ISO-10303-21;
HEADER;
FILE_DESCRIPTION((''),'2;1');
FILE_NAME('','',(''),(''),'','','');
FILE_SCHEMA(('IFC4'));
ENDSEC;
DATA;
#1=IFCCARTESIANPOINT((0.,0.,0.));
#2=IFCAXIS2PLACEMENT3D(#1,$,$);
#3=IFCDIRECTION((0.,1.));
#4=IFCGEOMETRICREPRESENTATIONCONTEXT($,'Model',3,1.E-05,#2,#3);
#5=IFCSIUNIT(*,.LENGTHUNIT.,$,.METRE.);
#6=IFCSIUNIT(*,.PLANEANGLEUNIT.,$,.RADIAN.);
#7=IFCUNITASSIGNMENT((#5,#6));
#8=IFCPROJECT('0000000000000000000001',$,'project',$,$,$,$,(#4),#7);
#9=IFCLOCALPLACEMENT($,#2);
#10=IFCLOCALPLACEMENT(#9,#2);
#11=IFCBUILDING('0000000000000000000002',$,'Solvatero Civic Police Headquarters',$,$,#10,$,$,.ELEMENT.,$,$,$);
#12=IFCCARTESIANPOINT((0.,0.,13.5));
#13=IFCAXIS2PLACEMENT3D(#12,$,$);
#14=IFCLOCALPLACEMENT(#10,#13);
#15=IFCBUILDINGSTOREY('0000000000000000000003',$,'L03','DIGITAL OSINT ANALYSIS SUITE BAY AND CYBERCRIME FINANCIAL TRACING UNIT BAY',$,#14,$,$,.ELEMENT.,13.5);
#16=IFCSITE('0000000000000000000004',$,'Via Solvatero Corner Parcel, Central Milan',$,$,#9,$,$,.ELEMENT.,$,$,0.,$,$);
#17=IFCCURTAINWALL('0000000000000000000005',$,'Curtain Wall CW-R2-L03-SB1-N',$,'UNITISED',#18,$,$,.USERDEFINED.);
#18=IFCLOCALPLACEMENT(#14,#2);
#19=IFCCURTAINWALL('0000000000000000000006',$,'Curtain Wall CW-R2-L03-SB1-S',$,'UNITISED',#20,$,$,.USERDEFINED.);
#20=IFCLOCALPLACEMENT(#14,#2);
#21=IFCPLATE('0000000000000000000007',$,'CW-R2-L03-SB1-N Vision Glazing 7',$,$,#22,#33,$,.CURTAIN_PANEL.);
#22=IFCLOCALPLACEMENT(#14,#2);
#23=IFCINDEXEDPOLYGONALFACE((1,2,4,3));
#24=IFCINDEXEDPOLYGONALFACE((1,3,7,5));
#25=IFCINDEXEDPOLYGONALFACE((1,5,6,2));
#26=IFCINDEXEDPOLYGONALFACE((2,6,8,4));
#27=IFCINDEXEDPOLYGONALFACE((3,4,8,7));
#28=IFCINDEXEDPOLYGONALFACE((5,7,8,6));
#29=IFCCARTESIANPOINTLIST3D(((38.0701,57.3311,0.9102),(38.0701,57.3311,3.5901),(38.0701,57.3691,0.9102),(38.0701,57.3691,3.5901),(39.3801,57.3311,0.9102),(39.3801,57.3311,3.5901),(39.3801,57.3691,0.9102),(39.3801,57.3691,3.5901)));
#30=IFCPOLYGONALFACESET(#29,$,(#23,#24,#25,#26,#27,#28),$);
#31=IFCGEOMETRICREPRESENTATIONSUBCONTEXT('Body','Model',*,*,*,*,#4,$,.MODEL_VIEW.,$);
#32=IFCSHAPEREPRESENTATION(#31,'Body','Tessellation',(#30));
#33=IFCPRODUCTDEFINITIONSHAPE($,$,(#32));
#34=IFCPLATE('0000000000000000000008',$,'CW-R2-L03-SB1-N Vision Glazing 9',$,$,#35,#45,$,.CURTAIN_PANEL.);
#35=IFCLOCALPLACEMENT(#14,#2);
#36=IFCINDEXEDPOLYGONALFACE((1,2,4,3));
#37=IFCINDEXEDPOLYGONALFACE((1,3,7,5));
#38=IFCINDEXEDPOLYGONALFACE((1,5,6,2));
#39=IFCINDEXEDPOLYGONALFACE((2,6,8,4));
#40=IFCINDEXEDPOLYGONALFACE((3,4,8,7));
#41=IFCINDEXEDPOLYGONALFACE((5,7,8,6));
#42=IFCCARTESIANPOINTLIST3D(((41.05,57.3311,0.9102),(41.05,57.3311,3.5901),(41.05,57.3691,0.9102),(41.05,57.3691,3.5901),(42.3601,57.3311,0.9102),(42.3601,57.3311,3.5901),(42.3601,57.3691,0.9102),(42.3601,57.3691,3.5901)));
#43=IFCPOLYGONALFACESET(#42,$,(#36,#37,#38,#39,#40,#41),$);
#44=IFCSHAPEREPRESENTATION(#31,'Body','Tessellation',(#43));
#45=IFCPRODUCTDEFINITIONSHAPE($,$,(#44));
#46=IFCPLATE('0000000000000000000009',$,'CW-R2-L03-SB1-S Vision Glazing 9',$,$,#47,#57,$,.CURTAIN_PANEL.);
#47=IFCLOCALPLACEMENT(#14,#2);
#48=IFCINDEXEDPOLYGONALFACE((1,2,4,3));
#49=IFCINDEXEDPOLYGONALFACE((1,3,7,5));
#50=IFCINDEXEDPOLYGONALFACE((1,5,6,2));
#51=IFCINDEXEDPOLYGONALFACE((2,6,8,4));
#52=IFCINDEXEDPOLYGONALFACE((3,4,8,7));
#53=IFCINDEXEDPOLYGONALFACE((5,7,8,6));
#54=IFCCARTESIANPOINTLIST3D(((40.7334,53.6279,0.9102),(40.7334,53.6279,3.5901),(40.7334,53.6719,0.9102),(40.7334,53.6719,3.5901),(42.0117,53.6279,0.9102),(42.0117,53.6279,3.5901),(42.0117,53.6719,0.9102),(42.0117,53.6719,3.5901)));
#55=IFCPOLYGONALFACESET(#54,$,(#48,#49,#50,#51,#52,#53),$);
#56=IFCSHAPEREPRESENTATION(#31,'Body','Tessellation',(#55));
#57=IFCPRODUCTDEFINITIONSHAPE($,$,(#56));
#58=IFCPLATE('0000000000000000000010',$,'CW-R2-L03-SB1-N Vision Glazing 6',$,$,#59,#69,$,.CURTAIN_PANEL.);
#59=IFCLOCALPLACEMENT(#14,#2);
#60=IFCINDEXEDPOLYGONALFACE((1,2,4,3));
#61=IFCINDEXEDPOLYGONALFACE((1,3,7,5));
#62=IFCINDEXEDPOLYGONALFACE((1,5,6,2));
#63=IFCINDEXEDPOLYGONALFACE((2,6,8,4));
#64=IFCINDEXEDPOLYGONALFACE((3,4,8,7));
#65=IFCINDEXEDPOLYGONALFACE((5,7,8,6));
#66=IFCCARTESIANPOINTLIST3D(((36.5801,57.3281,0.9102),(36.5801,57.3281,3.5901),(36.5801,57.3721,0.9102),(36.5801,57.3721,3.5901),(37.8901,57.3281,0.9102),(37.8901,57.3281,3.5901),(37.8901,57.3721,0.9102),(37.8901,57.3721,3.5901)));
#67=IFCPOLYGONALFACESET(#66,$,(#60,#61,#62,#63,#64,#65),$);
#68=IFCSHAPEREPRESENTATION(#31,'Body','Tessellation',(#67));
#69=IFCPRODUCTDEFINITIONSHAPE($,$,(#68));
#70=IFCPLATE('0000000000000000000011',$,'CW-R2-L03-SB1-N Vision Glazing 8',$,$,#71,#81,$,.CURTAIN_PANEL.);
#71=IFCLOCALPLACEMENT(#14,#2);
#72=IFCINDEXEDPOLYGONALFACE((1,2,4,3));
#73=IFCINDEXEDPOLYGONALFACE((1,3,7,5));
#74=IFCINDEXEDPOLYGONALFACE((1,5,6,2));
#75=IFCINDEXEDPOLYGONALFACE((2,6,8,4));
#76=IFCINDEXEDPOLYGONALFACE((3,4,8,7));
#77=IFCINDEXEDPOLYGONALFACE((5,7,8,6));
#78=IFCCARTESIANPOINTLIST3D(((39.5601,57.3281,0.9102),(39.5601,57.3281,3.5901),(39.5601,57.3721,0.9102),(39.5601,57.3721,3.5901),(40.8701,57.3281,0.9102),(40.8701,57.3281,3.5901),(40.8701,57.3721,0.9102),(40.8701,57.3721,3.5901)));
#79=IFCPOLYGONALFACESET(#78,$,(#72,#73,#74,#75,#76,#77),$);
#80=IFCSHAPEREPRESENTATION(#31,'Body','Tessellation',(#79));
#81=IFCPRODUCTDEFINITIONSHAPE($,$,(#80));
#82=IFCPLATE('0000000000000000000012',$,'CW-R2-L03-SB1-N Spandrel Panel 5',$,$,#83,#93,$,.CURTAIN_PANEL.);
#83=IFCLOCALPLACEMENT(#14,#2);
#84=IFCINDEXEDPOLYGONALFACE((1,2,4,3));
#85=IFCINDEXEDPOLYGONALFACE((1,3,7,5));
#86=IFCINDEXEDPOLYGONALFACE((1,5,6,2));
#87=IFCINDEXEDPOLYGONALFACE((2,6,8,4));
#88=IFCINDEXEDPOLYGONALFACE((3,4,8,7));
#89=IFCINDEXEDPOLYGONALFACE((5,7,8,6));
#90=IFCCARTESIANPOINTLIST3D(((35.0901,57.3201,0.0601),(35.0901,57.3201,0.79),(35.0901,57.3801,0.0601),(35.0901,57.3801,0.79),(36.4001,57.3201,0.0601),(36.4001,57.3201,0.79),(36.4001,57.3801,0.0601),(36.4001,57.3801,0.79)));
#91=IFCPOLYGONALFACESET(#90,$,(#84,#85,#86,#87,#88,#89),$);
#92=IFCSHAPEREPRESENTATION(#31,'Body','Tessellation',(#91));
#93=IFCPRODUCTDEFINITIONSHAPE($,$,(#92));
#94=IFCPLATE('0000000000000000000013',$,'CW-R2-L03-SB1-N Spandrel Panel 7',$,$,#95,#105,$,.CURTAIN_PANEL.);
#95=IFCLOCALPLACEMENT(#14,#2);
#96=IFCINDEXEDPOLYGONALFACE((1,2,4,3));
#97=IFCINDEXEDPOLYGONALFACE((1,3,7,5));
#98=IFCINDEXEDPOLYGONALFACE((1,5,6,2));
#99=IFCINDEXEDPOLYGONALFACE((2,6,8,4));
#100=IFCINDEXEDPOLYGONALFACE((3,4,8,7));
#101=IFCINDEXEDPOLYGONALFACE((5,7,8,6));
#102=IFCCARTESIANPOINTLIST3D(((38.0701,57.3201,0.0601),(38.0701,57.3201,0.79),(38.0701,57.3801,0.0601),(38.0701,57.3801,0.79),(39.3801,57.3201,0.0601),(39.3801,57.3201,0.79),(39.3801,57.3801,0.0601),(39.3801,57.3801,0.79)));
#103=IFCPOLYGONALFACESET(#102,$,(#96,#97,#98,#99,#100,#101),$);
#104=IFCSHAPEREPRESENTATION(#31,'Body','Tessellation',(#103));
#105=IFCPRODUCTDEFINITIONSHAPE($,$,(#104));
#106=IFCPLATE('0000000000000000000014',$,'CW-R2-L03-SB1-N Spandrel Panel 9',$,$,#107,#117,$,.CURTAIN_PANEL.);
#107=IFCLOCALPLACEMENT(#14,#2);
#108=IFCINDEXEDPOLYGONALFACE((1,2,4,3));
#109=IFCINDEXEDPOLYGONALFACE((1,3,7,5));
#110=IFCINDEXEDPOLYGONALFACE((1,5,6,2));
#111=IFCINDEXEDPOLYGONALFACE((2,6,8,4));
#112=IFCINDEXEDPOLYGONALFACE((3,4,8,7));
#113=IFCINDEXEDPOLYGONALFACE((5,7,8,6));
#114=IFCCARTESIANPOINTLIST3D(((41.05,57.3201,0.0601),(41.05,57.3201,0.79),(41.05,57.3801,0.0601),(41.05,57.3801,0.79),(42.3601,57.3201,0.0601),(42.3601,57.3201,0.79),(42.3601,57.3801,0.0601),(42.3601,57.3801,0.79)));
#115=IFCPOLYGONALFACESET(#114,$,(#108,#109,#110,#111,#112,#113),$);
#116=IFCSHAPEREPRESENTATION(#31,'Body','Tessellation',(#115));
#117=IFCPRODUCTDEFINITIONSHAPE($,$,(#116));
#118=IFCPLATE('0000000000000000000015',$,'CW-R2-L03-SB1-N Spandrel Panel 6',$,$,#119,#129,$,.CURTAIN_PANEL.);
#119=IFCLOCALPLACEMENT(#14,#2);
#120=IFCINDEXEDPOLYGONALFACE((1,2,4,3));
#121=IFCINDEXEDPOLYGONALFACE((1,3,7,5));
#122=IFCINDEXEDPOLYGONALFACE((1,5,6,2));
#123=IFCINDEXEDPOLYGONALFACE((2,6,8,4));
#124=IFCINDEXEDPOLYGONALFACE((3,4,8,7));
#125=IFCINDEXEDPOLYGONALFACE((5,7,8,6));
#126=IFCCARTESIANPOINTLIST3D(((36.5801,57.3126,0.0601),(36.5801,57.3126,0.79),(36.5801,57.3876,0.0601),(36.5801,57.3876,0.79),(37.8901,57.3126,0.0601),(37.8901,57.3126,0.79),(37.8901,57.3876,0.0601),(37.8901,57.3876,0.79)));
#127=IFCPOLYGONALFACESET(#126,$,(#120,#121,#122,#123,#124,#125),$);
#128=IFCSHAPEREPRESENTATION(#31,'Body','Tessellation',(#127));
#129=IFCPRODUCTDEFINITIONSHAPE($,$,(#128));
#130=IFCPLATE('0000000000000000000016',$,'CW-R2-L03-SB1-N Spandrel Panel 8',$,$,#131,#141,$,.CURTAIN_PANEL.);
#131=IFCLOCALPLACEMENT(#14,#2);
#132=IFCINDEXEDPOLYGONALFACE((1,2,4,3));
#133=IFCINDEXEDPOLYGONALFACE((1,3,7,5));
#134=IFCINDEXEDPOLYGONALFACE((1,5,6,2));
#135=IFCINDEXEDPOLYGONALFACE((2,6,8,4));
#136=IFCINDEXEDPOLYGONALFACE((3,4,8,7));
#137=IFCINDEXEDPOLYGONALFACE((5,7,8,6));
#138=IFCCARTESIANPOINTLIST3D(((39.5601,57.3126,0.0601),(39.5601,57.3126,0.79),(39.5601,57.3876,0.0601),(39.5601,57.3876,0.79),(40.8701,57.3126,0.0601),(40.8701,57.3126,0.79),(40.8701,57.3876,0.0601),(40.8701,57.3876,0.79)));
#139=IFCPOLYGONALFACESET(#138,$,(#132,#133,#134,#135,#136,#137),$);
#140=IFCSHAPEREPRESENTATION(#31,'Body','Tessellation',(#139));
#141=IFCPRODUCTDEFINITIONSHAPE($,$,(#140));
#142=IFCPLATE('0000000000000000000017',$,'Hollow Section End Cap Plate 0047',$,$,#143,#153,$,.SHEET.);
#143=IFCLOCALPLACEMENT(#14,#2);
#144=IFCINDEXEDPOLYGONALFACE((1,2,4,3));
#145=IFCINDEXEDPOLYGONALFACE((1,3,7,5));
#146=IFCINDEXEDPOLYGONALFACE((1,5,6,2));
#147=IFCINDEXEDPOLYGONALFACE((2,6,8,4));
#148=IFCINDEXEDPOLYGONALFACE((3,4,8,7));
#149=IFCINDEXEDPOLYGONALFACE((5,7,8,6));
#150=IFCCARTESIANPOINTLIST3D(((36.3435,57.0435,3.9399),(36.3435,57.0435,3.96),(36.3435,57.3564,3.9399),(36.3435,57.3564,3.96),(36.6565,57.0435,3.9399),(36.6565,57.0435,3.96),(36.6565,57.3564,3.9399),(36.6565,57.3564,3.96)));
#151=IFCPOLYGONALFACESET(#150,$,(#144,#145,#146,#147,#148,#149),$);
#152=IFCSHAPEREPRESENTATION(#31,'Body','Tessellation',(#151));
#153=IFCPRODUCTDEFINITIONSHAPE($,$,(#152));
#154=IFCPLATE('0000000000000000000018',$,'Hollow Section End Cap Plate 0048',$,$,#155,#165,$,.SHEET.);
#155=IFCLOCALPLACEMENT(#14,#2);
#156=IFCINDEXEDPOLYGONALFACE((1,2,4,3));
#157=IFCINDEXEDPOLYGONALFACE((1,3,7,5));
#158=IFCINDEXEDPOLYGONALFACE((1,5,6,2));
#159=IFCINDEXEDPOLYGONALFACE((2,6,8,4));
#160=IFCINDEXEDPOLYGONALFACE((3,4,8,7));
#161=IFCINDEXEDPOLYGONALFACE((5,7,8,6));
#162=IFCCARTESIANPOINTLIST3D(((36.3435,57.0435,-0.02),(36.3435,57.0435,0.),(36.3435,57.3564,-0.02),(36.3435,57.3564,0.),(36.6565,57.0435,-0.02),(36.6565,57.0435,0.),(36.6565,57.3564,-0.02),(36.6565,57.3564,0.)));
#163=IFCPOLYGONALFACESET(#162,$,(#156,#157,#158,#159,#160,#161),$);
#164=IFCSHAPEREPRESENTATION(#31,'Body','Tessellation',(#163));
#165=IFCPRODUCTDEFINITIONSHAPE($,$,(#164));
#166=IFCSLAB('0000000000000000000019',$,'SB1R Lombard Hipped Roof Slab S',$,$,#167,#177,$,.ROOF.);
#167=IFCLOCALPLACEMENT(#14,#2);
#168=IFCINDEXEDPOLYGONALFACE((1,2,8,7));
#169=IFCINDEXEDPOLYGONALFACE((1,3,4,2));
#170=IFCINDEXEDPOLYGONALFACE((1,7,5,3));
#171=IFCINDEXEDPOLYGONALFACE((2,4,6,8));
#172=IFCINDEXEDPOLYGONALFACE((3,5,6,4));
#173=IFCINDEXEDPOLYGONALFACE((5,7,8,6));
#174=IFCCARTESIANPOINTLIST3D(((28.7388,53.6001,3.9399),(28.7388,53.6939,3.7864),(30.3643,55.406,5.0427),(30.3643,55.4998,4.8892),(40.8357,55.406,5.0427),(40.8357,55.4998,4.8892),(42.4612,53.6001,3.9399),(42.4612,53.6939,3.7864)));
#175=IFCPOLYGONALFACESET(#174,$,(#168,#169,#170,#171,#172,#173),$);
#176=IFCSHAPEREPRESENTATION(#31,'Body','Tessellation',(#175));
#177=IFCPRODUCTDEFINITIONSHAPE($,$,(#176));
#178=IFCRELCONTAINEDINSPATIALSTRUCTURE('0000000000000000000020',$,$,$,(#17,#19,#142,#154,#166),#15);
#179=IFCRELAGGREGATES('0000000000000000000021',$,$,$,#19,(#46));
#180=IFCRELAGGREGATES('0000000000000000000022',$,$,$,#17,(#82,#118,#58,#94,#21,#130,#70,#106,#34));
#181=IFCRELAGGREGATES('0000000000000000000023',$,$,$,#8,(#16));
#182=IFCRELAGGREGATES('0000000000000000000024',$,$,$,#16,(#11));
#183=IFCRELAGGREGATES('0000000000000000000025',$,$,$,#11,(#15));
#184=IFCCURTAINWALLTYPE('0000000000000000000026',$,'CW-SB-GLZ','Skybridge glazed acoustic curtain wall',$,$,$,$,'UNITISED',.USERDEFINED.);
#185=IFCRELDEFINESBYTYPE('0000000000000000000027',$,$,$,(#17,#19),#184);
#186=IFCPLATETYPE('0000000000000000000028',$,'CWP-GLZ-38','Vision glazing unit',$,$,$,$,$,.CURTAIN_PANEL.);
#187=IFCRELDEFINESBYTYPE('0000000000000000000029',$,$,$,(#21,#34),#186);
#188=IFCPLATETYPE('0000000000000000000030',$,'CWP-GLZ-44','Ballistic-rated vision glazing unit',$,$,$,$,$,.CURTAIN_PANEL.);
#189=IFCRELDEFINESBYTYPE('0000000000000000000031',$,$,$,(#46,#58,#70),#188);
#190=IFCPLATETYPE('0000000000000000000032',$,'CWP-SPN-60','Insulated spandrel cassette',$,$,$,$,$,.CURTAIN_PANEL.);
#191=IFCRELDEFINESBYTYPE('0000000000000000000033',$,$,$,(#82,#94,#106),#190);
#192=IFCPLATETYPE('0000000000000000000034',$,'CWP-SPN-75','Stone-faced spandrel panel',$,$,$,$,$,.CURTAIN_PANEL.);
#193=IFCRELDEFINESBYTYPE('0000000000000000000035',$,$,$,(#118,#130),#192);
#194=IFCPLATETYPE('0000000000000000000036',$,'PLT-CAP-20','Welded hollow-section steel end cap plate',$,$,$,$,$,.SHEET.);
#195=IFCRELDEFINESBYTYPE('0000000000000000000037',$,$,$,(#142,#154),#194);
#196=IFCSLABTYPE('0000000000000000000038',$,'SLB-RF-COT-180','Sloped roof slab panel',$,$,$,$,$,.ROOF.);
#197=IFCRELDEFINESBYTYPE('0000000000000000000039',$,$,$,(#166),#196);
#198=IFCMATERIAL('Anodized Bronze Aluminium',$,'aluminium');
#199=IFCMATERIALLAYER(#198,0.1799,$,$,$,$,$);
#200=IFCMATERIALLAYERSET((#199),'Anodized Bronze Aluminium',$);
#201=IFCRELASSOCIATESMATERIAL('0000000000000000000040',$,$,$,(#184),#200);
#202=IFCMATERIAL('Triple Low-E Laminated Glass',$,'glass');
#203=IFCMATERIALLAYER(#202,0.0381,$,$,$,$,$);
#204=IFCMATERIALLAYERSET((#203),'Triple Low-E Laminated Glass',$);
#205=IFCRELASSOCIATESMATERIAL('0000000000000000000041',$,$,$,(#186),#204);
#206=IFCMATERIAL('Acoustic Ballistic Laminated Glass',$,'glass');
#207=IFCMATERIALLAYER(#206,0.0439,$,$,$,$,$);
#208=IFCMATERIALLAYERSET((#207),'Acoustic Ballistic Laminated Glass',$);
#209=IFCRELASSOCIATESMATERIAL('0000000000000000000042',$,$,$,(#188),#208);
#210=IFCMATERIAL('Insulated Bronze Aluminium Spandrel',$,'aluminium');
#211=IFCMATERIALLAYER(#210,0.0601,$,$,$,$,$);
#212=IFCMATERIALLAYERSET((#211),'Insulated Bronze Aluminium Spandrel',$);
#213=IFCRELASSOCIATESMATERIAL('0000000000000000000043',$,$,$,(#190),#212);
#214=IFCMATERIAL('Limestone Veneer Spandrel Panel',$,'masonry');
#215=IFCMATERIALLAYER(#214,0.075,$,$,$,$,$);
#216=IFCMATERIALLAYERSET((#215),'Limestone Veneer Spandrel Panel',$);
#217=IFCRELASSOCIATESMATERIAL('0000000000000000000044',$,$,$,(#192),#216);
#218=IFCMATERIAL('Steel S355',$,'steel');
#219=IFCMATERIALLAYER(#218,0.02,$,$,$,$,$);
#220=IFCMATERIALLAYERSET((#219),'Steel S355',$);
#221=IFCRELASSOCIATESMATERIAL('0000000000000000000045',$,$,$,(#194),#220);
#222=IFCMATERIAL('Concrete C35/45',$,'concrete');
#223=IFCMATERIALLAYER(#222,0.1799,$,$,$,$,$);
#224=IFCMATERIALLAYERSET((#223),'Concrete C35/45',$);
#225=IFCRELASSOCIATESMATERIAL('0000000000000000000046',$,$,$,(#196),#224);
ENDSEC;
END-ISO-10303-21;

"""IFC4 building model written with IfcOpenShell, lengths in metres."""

from ifc_helpers import new_model, si_unit, direction, frame, origin, origin_2d, place, context, subcontext, project, spatial, polyline, rectangle, outline, extrude, material, layer, layer_set, type_object, element, aggregate, save


model = new_model("IFC4")

# Units and contexts
model_context = context("Model", 3, precision=1e-05, world=origin(), true_north=direction((0.0, 1.0)))
body_context = subcontext(model_context, "Body", "Model", "MODEL_VIEW")
ifc_project = project(units=[si_unit("LENGTHUNIT", "METRE"), si_unit("PLANEANGLEUNIT", "RADIAN")], contexts=[model_context])

# Site, building, storey
site_placement = place(None, origin())
site = spatial("IfcSite", under=ifc_project, at=site_placement, Name="Via Solvatero Corner Parcel, Central Milan", CompositionType="ELEMENT", RefElevation=0.0)
building_placement = place(site_placement, origin())
building = spatial("IfcBuilding", under=site, at=building_placement, Name="Solvatero Civic Police Headquarters", CompositionType="ELEMENT")
storey_placement = place(building_placement, frame((0.0, 0.0, 13.5)))
storey = spatial("IfcBuildingStorey", under=building, at=storey_placement, Name="L03", Description="DIGITAL OSINT ANALYSIS SUITE BAY AND CYBERCRIME FINANCIAL TRACING UNIT BAY", CompositionType="ELEMENT", Elevation=13.5)

# Shared definitions
ifc_material_1 = material(Name="Steel S355", Category="steel")

# Curtain wall
ifc_material_2 = material(Name="Anodized Bronze Aluminium", Category="aluminium")
ifc_layer_1 = layer(ifc_material_2, 0.1799)
ifc_layer_set_1 = layer_set([ifc_layer_1], Name="Anodized Bronze Aluminium")
curtain_wall_type = type_object("IfcCurtainWallType", Name="CW-SB-GLZ", Description="Skybridge glazed acoustic curtain wall", ElementType="UNITISED", PredefinedType="USERDEFINED", material=ifc_layer_set_1)
curtain_wall_1_placement = place(storey_placement, origin())
curtain_wall_1 = element("IfcCurtainWall", 1, at=curtain_wall_1_placement, inside=storey, type_object=curtain_wall_type, Name="Curtain Wall CW-R2-L03-SB1-N", ObjectType="UNITISED", PredefinedType="USERDEFINED")

# Curtain wall
curtain_wall_2_placement = place(storey_placement, origin())
curtain_wall_2 = element("IfcCurtainWall", 2, at=curtain_wall_2_placement, inside=storey, type_object=curtain_wall_type, Name="Curtain Wall CW-R2-L03-SB1-S", ObjectType="UNITISED", PredefinedType="USERDEFINED")

# Plates
ifc_material_3 = material(Name="Triple Low-E Laminated Glass", Category="glass")
ifc_layer_2 = layer(ifc_material_3, 0.0381)
ifc_layer_set_2 = layer_set([ifc_layer_2], Name="Triple Low-E Laminated Glass")
plate_type_1 = type_object("IfcPlateType", Name="CWP-GLZ-38", Description="Vision glazing unit", PredefinedType="CURTAIN_PANEL", material=ifc_layer_set_2)
plate_1_placement = place(storey_placement, frame((38.7251, 57.3501, 0.9102), z_axis=(0.0, 0.0, 1.0), x_axis=(1.0, 0.0, 0.0)))
plate_1 = element("IfcPlate", 3, at=plate_1_placement, type_object=plate_type_1, Name="CW-R2-L03-SB1-N Vision Glazing 7", PredefinedType="CURTAIN_PANEL", context=body_context, shape_type="SweptSolid", body=[
    extrude(rectangle(XDim=1.3101, YDim=0.0381, at=origin_2d()), origin(), (0.0, 0.0, 1.0), 2.6799),
])
plate_2_placement = place(storey_placement, frame((41.7051, 57.3501, 0.9102), z_axis=(0.0, 0.0, 1.0), x_axis=(1.0, 0.0, 0.0)))
plate_2 = element("IfcPlate", 4, at=plate_2_placement, type_object=plate_type_1, Name="CW-R2-L03-SB1-N Vision Glazing 9", PredefinedType="CURTAIN_PANEL", context=body_context, shape_type="SweptSolid", body=[
    extrude(rectangle(XDim=1.3101, YDim=0.0381, at=origin_2d()), origin(), (0.0, 0.0, 1.0), 2.6799),
])
ifc_material_4 = material(Name="Acoustic Ballistic Laminated Glass", Category="glass")
ifc_layer_3 = layer(ifc_material_4, 0.0439)
ifc_layer_set_3 = layer_set([ifc_layer_3], Name="Acoustic Ballistic Laminated Glass")
plate_type_2 = type_object("IfcPlateType", Name="CWP-GLZ-44", Description="Ballistic-rated vision glazing unit", PredefinedType="CURTAIN_PANEL", material=ifc_layer_set_3)
plate_3_placement = place(storey_placement, frame((41.3726, 53.6499, 0.9102), z_axis=(0.0, 0.0, 1.0), x_axis=(1.0, 0.0, 0.0)))
plate_3 = element("IfcPlate", 5, at=plate_3_placement, type_object=plate_type_2, Name="CW-R2-L03-SB1-S Vision Glazing 9", PredefinedType="CURTAIN_PANEL", context=body_context, shape_type="SweptSolid", body=[
    extrude(rectangle(XDim=1.2783, YDim=0.0439, at=origin_2d()), origin(), (0.0, 0.0, 1.0), 2.6799),
])
aggregate(curtain_wall_2, [plate_3])
plate_4_placement = place(storey_placement, frame((37.2351, 57.3501, 0.9102), z_axis=(0.0, 0.0, 1.0), x_axis=(1.0, 0.0, 0.0)))
plate_4 = element("IfcPlate", 6, at=plate_4_placement, type_object=plate_type_2, Name="CW-R2-L03-SB1-N Vision Glazing 6", PredefinedType="CURTAIN_PANEL", context=body_context, shape_type="SweptSolid", body=[
    extrude(rectangle(XDim=1.3101, YDim=0.0439, at=origin_2d()), origin(), (0.0, 0.0, 1.0), 2.6799),
])
plate_5_placement = place(storey_placement, frame((40.2151, 57.3501, 0.9102), z_axis=(0.0, 0.0, 1.0), x_axis=(1.0, 0.0, 0.0)))
plate_5 = element("IfcPlate", 7, at=plate_5_placement, type_object=plate_type_2, Name="CW-R2-L03-SB1-N Vision Glazing 8", PredefinedType="CURTAIN_PANEL", context=body_context, shape_type="SweptSolid", body=[
    extrude(rectangle(XDim=1.3101, YDim=0.0439, at=origin_2d()), origin(), (0.0, 0.0, 1.0), 2.6799),
])
ifc_material_5 = material(Name="Insulated Bronze Aluminium Spandrel", Category="aluminium")
ifc_layer_4 = layer(ifc_material_5, 0.0601)
ifc_layer_set_4 = layer_set([ifc_layer_4], Name="Insulated Bronze Aluminium Spandrel")
plate_type_3 = type_object("IfcPlateType", Name="CWP-SPN-60", Description="Insulated spandrel cassette", PredefinedType="CURTAIN_PANEL", material=ifc_layer_set_4)
plate_6_placement = place(storey_placement, frame((35.7451, 57.3501, 0.0601), z_axis=(0.0, 0.0, 1.0), x_axis=(1.0, 0.0, 0.0)))
plate_6 = element("IfcPlate", 8, at=plate_6_placement, type_object=plate_type_3, Name="CW-R2-L03-SB1-N Spandrel Panel 5", PredefinedType="CURTAIN_PANEL", context=body_context, shape_type="SweptSolid", body=[
    extrude(rectangle(XDim=1.3101, YDim=0.0601, at=origin_2d()), origin(), (0.0, 0.0, 1.0), 0.73),
])
plate_7_placement = place(storey_placement, frame((38.7251, 57.3501, 0.0601), z_axis=(0.0, 0.0, 1.0), x_axis=(1.0, 0.0, 0.0)))
plate_7 = element("IfcPlate", 9, at=plate_7_placement, type_object=plate_type_3, Name="CW-R2-L03-SB1-N Spandrel Panel 7", PredefinedType="CURTAIN_PANEL", context=body_context, shape_type="SweptSolid", body=[
    extrude(rectangle(XDim=1.3101, YDim=0.0601, at=origin_2d()), origin(), (0.0, 0.0, 1.0), 0.73),
])
plate_8_placement = place(storey_placement, frame((41.7051, 57.3501, 0.0601), z_axis=(0.0, 0.0, 1.0), x_axis=(1.0, 0.0, 0.0)))
plate_8 = element("IfcPlate", 10, at=plate_8_placement, type_object=plate_type_3, Name="CW-R2-L03-SB1-N Spandrel Panel 9", PredefinedType="CURTAIN_PANEL", context=body_context, shape_type="SweptSolid", body=[
    extrude(rectangle(XDim=1.3101, YDim=0.0601, at=origin_2d()), origin(), (0.0, 0.0, 1.0), 0.73),
])
ifc_material_6 = material(Name="Limestone Veneer Spandrel Panel", Category="masonry")
ifc_layer_5 = layer(ifc_material_6, 0.075)
ifc_layer_set_5 = layer_set([ifc_layer_5], Name="Limestone Veneer Spandrel Panel")
plate_type_4 = type_object("IfcPlateType", Name="CWP-SPN-75", Description="Stone-faced spandrel panel", PredefinedType="CURTAIN_PANEL", material=ifc_layer_set_5)
plate_9_placement = place(storey_placement, frame((37.2351, 57.3501, 0.0601), z_axis=(0.0, 0.0, 1.0), x_axis=(1.0, 0.0, 0.0)))
plate_9 = element("IfcPlate", 11, at=plate_9_placement, type_object=plate_type_4, Name="CW-R2-L03-SB1-N Spandrel Panel 6", PredefinedType="CURTAIN_PANEL", context=body_context, shape_type="SweptSolid", body=[
    extrude(rectangle(XDim=1.3101, YDim=0.075, at=origin_2d()), origin(), (0.0, 0.0, 1.0), 0.73),
])
plate_10_placement = place(storey_placement, frame((40.2151, 57.3501, 0.0601), z_axis=(0.0, 0.0, 1.0), x_axis=(1.0, 0.0, 0.0)))
plate_10 = element("IfcPlate", 12, at=plate_10_placement, type_object=plate_type_4, Name="CW-R2-L03-SB1-N Spandrel Panel 8", PredefinedType="CURTAIN_PANEL", context=body_context, shape_type="SweptSolid", body=[
    extrude(rectangle(XDim=1.3101, YDim=0.075, at=origin_2d()), origin(), (0.0, 0.0, 1.0), 0.73),
])
aggregate(curtain_wall_1, [plate_6, plate_9, plate_4, plate_7, plate_1, plate_10, plate_5, plate_8, plate_2])

# Plates
ifc_layer_6 = layer(ifc_material_1, 0.02)
ifc_layer_set_6 = layer_set([ifc_layer_6], Name="Steel S355")
plate_type_5 = type_object("IfcPlateType", Name="PLT-CAP-20", Description="Welded hollow-section steel end cap plate", PredefinedType="SHEET", material=ifc_layer_set_6)
for number, where, z_axis, x_axis, name in (
    (13, (36.5, 57.2, 3.9399), (0.0, 0.0, 1.0), (1.0, 0.0, 0.0), "Hollow Section End Cap Plate 0047"),
    (14, (36.5, 57.2, -0.02), (0.0, 0.0, 1.0), (1.0, 0.0, 0.0), "Hollow Section End Cap Plate 0048"),
):
    element("IfcPlate", number, at=place(storey_placement, frame(where, z_axis=z_axis, x_axis=x_axis)), inside=storey, type_object=plate_type_5, Name=name, PredefinedType="SHEET", context=body_context, shape_type="SweptSolid", body=[
        extrude(rectangle(XDim=0.313, YDim=0.313, at=origin_2d()), origin(), (0.0, 0.0, 1.0), 0.02),
    ])

# Slab
ifc_material_7 = material(Name="Concrete C35/45", Category="concrete")
ifc_layer_7 = layer(ifc_material_7, 0.1799)
ifc_layer_set_7 = layer_set([ifc_layer_7], Name="Concrete C35/45")
slab_type = type_object("IfcSlabType", Name="SLB-RF-COT-180", Description="Sloped roof slab panel", PredefinedType="ROOF", material=ifc_layer_set_7)
slab_placement = place(storey_placement, frame((40.8357, 55.406, 5.0427), z_axis=(0.0, -0.521165, 0.853456), x_axis=(0.609193, -0.676809, -0.413296)))
element("IfcSlab", 15, at=slab_placement, inside=storey, type_object=slab_type, Name="SB1R Lombard Hipped Roof Slab S", PredefinedType="ROOF", context=body_context, shape_type="SweptSolid", body=[
    extrude(outline(polyline([(0.0, 0.0), (2.6683, 0.0), (-5.6913, -10.8822), (-6.3791, -8.3041), (0.0, 0.0)])), origin(), (0.0, 0.0, -1.0), 0.1799),
])

save(model, "model.ifc")
